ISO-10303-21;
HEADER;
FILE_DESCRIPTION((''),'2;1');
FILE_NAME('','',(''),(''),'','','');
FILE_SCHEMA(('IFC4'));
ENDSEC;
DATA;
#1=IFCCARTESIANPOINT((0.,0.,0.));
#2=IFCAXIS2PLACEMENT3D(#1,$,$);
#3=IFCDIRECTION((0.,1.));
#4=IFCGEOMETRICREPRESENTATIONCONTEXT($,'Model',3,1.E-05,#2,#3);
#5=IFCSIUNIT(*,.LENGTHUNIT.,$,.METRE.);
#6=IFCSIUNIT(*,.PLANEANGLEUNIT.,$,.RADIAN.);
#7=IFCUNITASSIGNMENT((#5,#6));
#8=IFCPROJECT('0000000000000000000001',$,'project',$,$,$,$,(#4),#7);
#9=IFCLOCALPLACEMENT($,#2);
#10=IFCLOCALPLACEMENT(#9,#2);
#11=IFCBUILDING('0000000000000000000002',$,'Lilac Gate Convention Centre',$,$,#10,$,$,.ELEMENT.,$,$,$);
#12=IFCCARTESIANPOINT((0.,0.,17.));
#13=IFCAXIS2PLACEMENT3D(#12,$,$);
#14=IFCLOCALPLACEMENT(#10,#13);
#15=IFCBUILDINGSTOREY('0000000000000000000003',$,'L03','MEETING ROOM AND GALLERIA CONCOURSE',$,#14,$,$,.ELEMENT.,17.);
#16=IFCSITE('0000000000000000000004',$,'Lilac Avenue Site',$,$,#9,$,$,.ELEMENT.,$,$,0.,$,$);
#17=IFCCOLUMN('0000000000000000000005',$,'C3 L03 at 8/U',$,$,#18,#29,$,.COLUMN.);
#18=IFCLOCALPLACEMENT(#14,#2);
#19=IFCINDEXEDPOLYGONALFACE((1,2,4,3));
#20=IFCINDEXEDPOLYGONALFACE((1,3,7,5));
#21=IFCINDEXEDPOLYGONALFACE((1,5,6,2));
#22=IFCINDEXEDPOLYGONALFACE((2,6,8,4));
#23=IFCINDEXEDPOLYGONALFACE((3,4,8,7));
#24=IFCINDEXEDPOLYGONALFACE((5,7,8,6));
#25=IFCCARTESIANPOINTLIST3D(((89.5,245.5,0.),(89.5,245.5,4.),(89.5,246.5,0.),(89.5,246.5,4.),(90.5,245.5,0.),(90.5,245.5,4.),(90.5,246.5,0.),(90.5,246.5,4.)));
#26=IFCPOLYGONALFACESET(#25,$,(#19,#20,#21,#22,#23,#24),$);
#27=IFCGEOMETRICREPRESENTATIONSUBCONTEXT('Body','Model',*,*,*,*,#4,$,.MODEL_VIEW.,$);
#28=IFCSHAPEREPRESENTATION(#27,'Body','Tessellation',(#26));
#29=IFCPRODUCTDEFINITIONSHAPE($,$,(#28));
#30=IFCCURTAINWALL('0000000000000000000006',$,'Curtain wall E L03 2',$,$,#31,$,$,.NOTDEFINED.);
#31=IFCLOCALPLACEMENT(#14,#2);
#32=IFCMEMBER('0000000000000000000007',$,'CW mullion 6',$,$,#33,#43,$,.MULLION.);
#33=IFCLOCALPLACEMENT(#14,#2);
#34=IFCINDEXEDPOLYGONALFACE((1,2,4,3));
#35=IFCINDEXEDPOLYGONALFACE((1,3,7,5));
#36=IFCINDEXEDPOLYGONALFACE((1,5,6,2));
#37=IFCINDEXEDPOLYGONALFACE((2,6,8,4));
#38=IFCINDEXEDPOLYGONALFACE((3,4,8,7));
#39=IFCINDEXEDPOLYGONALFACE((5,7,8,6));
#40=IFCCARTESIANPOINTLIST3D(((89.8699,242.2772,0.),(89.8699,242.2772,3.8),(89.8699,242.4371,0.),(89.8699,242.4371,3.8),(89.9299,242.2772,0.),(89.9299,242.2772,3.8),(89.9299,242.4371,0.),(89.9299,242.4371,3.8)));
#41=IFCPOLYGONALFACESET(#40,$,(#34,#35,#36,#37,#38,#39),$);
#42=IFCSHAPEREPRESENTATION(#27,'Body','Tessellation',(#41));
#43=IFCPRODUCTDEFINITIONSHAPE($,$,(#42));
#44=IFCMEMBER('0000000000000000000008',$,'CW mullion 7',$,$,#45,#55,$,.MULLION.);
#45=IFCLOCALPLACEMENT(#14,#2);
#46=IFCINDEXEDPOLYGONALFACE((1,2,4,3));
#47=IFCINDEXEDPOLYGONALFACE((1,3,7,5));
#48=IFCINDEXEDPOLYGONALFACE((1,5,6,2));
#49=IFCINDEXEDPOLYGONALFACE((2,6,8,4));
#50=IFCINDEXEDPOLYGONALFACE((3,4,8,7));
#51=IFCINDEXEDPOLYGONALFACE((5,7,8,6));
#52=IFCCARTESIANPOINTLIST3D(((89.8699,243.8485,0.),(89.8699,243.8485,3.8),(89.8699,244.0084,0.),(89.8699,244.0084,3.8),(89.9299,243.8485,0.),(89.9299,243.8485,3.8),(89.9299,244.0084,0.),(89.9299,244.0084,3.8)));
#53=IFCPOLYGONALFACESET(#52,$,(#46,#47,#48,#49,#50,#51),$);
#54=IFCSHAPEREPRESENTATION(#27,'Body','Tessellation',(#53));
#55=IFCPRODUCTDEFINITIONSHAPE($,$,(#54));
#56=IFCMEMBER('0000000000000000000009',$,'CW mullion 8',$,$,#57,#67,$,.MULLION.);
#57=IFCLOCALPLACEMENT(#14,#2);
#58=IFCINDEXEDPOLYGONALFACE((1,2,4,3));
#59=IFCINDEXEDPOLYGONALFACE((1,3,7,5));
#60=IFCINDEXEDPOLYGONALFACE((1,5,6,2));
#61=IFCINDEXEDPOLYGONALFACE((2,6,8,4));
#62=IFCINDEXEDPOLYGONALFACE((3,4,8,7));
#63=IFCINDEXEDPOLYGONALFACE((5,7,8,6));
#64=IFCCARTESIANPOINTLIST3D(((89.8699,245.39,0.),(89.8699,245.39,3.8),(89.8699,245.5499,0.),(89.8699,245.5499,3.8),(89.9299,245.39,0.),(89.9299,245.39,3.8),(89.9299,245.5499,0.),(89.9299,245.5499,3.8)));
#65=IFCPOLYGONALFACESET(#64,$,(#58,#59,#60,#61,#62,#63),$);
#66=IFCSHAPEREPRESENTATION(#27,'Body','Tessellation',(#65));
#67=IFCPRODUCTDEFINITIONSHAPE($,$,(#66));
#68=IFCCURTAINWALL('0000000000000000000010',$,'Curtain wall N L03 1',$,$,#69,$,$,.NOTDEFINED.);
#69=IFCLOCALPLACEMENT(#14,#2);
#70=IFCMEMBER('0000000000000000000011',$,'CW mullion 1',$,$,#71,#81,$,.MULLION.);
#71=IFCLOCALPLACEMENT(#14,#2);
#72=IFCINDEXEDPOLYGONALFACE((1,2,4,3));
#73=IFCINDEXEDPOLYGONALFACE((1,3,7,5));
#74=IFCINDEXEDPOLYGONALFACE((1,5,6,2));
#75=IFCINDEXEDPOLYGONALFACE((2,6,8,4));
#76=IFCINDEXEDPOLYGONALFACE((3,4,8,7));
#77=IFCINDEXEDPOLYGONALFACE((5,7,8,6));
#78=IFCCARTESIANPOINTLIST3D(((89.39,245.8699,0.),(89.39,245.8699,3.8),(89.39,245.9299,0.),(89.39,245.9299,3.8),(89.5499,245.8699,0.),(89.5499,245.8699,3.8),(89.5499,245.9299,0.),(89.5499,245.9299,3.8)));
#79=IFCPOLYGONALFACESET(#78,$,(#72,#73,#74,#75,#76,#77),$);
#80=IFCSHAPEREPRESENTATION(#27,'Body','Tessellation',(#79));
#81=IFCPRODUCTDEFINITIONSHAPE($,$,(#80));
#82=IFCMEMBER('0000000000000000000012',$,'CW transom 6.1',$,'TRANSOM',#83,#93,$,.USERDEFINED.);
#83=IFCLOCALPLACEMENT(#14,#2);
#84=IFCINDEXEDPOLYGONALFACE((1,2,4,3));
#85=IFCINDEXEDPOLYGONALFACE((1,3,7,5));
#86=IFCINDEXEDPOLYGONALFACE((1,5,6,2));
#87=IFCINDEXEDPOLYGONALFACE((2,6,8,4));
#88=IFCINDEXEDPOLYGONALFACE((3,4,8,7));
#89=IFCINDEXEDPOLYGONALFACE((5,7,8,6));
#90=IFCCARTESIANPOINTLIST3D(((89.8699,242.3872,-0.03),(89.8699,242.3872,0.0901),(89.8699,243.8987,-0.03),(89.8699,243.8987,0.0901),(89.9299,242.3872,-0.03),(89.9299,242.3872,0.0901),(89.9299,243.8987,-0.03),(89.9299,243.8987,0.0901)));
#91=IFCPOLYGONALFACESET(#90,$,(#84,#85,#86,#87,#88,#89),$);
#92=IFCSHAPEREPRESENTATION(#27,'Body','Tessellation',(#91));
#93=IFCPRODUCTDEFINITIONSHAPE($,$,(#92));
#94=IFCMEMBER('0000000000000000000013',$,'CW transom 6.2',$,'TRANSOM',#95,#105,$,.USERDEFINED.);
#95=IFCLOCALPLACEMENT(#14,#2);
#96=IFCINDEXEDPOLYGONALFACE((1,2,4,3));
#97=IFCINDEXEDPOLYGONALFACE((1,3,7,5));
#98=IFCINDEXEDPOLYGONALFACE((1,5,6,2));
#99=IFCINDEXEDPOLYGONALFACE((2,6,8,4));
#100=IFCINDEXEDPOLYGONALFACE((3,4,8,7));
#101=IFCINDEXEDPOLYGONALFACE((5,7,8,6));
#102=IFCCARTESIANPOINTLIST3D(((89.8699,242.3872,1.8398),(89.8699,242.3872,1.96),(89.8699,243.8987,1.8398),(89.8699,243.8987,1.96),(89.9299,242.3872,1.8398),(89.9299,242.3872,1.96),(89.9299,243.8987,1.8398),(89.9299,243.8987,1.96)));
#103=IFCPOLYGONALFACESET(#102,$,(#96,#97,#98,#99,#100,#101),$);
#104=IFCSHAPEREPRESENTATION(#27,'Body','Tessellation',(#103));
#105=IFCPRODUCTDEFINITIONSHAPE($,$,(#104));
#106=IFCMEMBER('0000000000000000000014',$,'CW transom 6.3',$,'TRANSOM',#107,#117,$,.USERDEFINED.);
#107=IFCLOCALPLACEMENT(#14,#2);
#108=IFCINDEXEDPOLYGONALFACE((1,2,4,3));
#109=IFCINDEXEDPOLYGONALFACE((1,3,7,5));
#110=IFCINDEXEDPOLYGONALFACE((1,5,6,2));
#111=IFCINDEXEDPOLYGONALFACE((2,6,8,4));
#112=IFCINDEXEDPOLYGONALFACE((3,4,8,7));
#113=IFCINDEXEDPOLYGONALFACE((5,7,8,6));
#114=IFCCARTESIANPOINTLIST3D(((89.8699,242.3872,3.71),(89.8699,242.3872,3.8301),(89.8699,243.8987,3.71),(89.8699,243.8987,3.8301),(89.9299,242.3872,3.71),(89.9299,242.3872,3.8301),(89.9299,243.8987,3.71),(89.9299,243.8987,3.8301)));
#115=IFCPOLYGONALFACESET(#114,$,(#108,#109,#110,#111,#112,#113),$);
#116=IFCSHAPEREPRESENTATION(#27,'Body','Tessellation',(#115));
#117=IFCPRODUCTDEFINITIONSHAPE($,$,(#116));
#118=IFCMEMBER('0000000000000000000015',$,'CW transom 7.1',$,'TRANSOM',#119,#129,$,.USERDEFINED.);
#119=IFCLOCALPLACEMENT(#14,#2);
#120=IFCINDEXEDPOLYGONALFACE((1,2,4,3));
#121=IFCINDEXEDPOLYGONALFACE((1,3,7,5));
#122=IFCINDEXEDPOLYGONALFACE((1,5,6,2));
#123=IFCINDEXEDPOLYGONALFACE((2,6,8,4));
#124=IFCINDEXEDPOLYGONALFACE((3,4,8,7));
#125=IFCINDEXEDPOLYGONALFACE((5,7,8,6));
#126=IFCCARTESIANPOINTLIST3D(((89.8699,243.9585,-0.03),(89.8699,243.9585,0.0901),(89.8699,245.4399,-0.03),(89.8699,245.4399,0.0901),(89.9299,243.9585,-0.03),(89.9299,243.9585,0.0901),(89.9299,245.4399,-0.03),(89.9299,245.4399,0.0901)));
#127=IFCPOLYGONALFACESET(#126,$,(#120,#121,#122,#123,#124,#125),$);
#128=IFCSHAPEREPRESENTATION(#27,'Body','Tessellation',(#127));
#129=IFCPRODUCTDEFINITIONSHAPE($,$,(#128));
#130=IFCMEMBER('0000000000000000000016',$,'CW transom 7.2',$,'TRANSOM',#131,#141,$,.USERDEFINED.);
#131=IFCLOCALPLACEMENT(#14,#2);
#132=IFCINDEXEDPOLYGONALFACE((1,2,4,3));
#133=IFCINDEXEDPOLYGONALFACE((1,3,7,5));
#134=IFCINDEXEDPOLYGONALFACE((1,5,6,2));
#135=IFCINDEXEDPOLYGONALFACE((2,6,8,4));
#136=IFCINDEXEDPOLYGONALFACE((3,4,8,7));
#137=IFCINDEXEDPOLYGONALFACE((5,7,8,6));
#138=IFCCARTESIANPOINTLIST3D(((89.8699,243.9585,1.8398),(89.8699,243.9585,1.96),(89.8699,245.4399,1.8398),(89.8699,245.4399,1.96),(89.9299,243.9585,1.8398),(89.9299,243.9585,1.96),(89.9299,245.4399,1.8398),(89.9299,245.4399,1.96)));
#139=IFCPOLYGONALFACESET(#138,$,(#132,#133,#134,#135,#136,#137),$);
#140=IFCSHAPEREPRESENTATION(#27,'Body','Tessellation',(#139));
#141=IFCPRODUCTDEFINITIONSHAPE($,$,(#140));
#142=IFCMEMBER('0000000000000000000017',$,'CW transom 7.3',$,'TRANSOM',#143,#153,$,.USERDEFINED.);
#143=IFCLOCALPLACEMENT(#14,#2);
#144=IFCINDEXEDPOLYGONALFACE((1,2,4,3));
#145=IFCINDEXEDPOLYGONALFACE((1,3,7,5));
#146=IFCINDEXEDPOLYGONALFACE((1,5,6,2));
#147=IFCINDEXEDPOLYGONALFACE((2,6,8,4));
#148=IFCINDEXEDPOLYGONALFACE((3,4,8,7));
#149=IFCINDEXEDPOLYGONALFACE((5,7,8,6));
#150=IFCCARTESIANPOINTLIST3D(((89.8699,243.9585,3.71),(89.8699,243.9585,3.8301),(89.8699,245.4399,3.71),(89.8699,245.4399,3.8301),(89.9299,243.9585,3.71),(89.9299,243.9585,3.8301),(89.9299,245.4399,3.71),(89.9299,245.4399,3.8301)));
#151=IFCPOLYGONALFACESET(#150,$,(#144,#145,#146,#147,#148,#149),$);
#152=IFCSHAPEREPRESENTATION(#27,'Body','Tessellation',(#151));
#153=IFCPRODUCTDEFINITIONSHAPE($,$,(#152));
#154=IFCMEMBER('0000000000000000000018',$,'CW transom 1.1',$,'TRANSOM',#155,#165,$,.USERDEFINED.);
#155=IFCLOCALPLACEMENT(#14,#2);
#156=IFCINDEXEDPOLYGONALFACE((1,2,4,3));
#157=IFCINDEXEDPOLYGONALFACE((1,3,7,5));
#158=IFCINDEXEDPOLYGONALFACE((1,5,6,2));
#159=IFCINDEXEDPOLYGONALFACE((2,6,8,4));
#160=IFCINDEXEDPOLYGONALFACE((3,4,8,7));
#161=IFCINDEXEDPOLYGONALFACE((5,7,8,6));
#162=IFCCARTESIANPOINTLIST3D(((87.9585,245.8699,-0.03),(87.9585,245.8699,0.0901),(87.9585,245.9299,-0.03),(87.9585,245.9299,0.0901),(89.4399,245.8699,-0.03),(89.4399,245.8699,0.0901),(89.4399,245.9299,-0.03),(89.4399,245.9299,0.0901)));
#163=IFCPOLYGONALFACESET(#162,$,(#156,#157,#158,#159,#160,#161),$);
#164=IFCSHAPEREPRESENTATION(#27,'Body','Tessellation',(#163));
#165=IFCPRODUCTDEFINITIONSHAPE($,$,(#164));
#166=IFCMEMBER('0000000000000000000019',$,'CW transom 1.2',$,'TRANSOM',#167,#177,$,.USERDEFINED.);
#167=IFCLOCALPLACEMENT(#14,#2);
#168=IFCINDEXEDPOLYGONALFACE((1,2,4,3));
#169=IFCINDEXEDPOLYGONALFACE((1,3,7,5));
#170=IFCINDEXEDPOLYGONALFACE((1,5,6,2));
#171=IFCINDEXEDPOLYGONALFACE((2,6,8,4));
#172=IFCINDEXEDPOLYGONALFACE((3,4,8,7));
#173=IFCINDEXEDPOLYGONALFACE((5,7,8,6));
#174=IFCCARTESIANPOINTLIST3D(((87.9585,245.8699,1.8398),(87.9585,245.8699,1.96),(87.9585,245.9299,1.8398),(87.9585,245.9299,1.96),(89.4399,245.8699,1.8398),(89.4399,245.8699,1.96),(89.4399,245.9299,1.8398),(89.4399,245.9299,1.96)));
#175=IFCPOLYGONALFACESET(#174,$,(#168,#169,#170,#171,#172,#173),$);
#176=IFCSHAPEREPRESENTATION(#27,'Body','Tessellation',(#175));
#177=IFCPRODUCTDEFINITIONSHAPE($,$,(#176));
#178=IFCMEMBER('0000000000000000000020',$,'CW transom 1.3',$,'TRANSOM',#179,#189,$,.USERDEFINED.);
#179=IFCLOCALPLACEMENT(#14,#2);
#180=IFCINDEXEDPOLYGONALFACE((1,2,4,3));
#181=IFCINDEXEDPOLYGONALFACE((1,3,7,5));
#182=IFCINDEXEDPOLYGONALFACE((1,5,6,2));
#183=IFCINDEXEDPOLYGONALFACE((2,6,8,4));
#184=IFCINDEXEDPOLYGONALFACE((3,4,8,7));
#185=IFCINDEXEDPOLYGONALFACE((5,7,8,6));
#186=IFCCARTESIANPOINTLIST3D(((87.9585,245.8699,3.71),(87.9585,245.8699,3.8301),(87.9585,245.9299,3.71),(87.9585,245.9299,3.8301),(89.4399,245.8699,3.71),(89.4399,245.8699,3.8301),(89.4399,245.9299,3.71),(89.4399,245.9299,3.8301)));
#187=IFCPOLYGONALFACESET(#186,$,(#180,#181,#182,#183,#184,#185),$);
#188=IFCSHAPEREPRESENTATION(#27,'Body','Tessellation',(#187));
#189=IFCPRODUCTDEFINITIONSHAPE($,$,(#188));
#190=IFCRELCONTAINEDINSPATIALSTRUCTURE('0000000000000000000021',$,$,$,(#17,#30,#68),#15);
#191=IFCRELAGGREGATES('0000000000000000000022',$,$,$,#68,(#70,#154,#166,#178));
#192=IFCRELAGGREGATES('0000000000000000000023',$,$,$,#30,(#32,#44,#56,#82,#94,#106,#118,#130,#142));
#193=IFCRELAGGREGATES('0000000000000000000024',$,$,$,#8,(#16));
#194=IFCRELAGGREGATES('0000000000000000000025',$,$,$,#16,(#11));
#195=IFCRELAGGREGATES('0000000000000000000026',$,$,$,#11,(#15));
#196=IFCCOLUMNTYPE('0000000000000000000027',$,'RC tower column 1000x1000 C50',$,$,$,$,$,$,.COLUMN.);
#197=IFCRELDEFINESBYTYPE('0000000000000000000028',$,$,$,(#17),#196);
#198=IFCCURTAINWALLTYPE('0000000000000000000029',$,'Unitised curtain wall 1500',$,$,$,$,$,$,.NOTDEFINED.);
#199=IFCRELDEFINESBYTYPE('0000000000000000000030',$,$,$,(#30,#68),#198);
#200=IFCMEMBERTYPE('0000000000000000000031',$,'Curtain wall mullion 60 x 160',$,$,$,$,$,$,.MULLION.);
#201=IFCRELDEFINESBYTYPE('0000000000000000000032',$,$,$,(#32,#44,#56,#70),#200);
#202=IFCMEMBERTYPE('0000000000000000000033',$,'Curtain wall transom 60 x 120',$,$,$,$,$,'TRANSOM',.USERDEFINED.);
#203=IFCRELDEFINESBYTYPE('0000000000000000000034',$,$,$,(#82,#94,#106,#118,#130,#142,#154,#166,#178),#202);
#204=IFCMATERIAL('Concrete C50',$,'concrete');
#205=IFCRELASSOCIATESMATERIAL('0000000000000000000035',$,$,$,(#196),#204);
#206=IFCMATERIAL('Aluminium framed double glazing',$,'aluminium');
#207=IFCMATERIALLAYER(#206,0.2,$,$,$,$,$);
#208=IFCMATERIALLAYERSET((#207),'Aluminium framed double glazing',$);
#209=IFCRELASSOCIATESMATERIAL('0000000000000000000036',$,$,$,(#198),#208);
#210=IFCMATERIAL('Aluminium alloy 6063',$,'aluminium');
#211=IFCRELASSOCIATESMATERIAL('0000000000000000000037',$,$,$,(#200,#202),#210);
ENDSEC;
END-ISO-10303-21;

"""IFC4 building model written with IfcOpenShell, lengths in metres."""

from ifc_helpers import new_model, si_unit, direction, frame, origin, origin_2d, place, context, subcontext, project, spatial, rectangle, extrude, material, layer, layer_set, material_profile, profile_set, type_object, element, aggregate, save


model = new_model("IFC4")

# Units and contexts
model_context = context("Model", 3, precision=1e-05, world=origin(), true_north=direction((0.0, 1.0)))
body_context = subcontext(model_context, "Body", "Model", "MODEL_VIEW")
ifc_project = project(units=[si_unit("LENGTHUNIT", "METRE"), si_unit("PLANEANGLEUNIT", "RADIAN")], contexts=[model_context])

# Site, building, storey
site_placement = place(None, origin())
site = spatial("IfcSite", under=ifc_project, at=site_placement, Name="Lilac Avenue Site", CompositionType="ELEMENT", RefElevation=0.0)
building_placement = place(site_placement, origin())
building = spatial("IfcBuilding", under=site, at=building_placement, Name="Lilac Gate Convention Centre", CompositionType="ELEMENT")
storey_placement = place(building_placement, frame((0.0, 0.0, 17.0)))
storey = spatial("IfcBuildingStorey", under=building, at=storey_placement, Name="L03", Description="MEETING ROOM AND GALLERIA CONCOURSE", CompositionType="ELEMENT", Elevation=17.0)

# Column
ifc_material_1 = material(Name="Concrete C50", Category="concrete")
ifc_material_profile_1 = material_profile(ifc_material_1, rectangle(XDim=1.0, YDim=1.0, at=origin_2d()), Name="RC 1000x1000")
ifc_profile_set_1 = profile_set([ifc_material_profile_1], Name="Concrete C50")
column_type = type_object("IfcColumnType", Name="RC tower column 1000x1000 C50", PredefinedType="COLUMN", material=ifc_profile_set_1)
column_placement = place(storey_placement, frame((90.0, 246.0, 0.0), z_axis=(0.0, 0.0, 1.0), x_axis=(1.0, 0.0, 0.0)))
element("IfcColumn", 1, at=column_placement, inside=storey, type_object=column_type, Name="C3 L03 at 8/U", PredefinedType="COLUMN", context=body_context, shape_type="SweptSolid", body=[
    extrude(rectangle(XDim=1.0, YDim=1.0, at=origin_2d()), origin(), (0.0, 0.0, 1.0), 4.0),
])

# Curtain wall, members
ifc_material_2 = material(Name="Aluminium framed double glazing", Category="aluminium")
ifc_layer_1 = layer(ifc_material_2, 0.2)
ifc_layer_set_1 = layer_set([ifc_layer_1], Name="Aluminium framed double glazing")
curtain_wall_type = type_object("IfcCurtainWallType", Name="Unitised curtain wall 1500", PredefinedType="NOTDEFINED", material=ifc_layer_set_1)
curtain_wall_1_placement = place(storey_placement, origin())
curtain_wall_1 = element("IfcCurtainWall", 2, at=curtain_wall_1_placement, inside=storey, type_object=curtain_wall_type, Name="Curtain wall E L03 2", PredefinedType="NOTDEFINED")
ifc_material_3 = material(Name="Aluminium alloy 6063", Category="aluminium")
ifc_material_profile_2 = material_profile(ifc_material_3, rectangle(XDim=0.0601, YDim=0.1599, at=origin_2d()), Name="Curtain wall mullion 60 x 160")
ifc_profile_set_2 = profile_set([ifc_material_profile_2], Name="Aluminium alloy 6063")
member_type_1 = type_object("IfcMemberType", Name="Curtain wall mullion 60 x 160", PredefinedType="MULLION", material=ifc_profile_set_2)
member_1_placement = place(storey_placement, frame((89.8999, 242.3572, 0.0), z_axis=(0.0, 0.0, 1.0), x_axis=(-1.0, 0.0, 0.0)))
member_1 = element("IfcMember", 3, at=member_1_placement, type_object=member_type_1, Name="CW mullion 6", PredefinedType="MULLION", context=body_context, shape_type="SweptSolid", body=[
    extrude(rectangle(XDim=0.0601, YDim=0.1599, at=origin_2d()), origin(), (0.0, 0.0, 1.0), 3.8),
])
member_2_placement = place(storey_placement, frame((89.8999, 243.9285, 0.0), z_axis=(0.0, 0.0, 1.0), x_axis=(-1.0, 0.0, 0.0)))
member_2 = element("IfcMember", 4, at=member_2_placement, type_object=member_type_1, Name="CW mullion 7", PredefinedType="MULLION", context=body_context, shape_type="SweptSolid", body=[
    extrude(rectangle(XDim=0.0601, YDim=0.1599, at=origin_2d()), origin(), (0.0, 0.0, 1.0), 3.8),
])
member_3_placement = place(storey_placement, frame((89.8999, 245.47, 0.0), z_axis=(0.0, 0.0, 1.0), x_axis=(-1.0, 0.0, 0.0)))
member_3 = element("IfcMember", 5, at=member_3_placement, type_object=member_type_1, Name="CW mullion 8", PredefinedType="MULLION", context=body_context, shape_type="SweptSolid", body=[
    extrude(rectangle(XDim=0.0601, YDim=0.1599, at=origin_2d()), origin(), (0.0, 0.0, 1.0), 3.8),
])

# Curtain wall, member
curtain_wall_2_placement = place(storey_placement, origin())
curtain_wall_2 = element("IfcCurtainWall", 6, at=curtain_wall_2_placement, inside=storey, type_object=curtain_wall_type, Name="Curtain wall N L03 1", PredefinedType="NOTDEFINED")
member_4_placement = place(storey_placement, frame((89.47, 245.8999, 0.0), z_axis=(0.0, 0.0, 1.0), x_axis=(0.0, -1.0, 0.0)))
member_4 = element("IfcMember", 7, at=member_4_placement, type_object=member_type_1, Name="CW mullion 1", PredefinedType="MULLION", context=body_context, shape_type="SweptSolid", body=[
    extrude(rectangle(XDim=0.0601, YDim=0.1599, at=origin_2d()), origin(), (0.0, 0.0, 1.0), 3.8),
])

# Members
ifc_material_profile_3 = material_profile(ifc_material_3, rectangle(XDim=0.0601, YDim=0.1201, at=origin_2d()), Name="Curtain wall transom 60 x 120")
ifc_profile_set_3 = profile_set([ifc_material_profile_3], Name="Aluminium alloy 6063")
member_type_2 = type_object("IfcMemberType", Name="Curtain wall transom 60 x 120", ElementType="TRANSOM", PredefinedType="USERDEFINED", material=ifc_profile_set_3)
member_5_placement = place(storey_placement, frame((89.8999, 242.3872, 0.03), z_axis=(0.0, 1.0, 0.0), x_axis=(-1.0, 0.0, 0.0)))
member_5 = element("IfcMember", 8, at=member_5_placement, type_object=member_type_2, Name="CW transom 6.1", ObjectType="TRANSOM", PredefinedType="USERDEFINED", context=body_context, shape_type="SweptSolid", body=[
    extrude(rectangle(XDim=0.0601, YDim=0.1201, at=origin_2d()), origin(), (0.0, 0.0, 1.0), 1.5115),
])
member_6_placement = place(storey_placement, frame((89.8999, 242.3872, 1.8999), z_axis=(0.0, 1.0, 0.0), x_axis=(-1.0, 0.0, 0.0)))
member_6 = element("IfcMember", 9, at=member_6_placement, type_object=member_type_2, Name="CW transom 6.2", ObjectType="TRANSOM", PredefinedType="USERDEFINED", context=body_context, shape_type="SweptSolid", body=[
    extrude(rectangle(XDim=0.0601, YDim=0.1201, at=origin_2d()), origin(), (0.0, 0.0, 1.0), 1.5115),
])
member_7_placement = place(storey_placement, frame((89.8999, 242.3872, 3.77), z_axis=(0.0, 1.0, 0.0), x_axis=(-1.0, 0.0, 0.0)))
member_7 = element("IfcMember", 10, at=member_7_placement, type_object=member_type_2, Name="CW transom 6.3", ObjectType="TRANSOM", PredefinedType="USERDEFINED", context=body_context, shape_type="SweptSolid", body=[
    extrude(rectangle(XDim=0.0601, YDim=0.1201, at=origin_2d()), origin(), (0.0, 0.0, 1.0), 1.5115),
])
member_8_placement = place(storey_placement, frame((89.8999, 243.9585, 0.03), z_axis=(0.0, 1.0, 0.0), x_axis=(-1.0, 0.0, 0.0)))
member_8 = element("IfcMember", 11, at=member_8_placement, type_object=member_type_2, Name="CW transom 7.1", ObjectType="TRANSOM", PredefinedType="USERDEFINED", context=body_context, shape_type="SweptSolid", body=[
    extrude(rectangle(XDim=0.0601, YDim=0.1201, at=origin_2d()), origin(), (0.0, 0.0, 1.0), 1.4814),
])
member_9_placement = place(storey_placement, frame((89.8999, 243.9585, 1.8999), z_axis=(0.0, 1.0, 0.0), x_axis=(-1.0, 0.0, 0.0)))
member_9 = element("IfcMember", 12, at=member_9_placement, type_object=member_type_2, Name="CW transom 7.2", ObjectType="TRANSOM", PredefinedType="USERDEFINED", context=body_context, shape_type="SweptSolid", body=[
    extrude(rectangle(XDim=0.0601, YDim=0.1201, at=origin_2d()), origin(), (0.0, 0.0, 1.0), 1.4814),
])
member_10_placement = place(storey_placement, frame((89.8999, 243.9585, 3.77), z_axis=(0.0, 1.0, 0.0), x_axis=(-1.0, 0.0, 0.0)))
member_10 = element("IfcMember", 13, at=member_10_placement, type_object=member_type_2, Name="CW transom 7.3", ObjectType="TRANSOM", PredefinedType="USERDEFINED", context=body_context, shape_type="SweptSolid", body=[
    extrude(rectangle(XDim=0.0601, YDim=0.1201, at=origin_2d()), origin(), (0.0, 0.0, 1.0), 1.4814),
])
member_11_placement = place(storey_placement, frame((89.4399, 245.8999, 0.03), z_axis=(-1.0, 0.0, 0.0), x_axis=(0.0, -1.0, 0.0)))
member_11 = element("IfcMember", 14, at=member_11_placement, type_object=member_type_2, Name="CW transom 1.1", ObjectType="TRANSOM", PredefinedType="USERDEFINED", context=body_context, shape_type="SweptSolid", body=[
    extrude(rectangle(XDim=0.0601, YDim=0.1201, at=origin_2d()), origin(), (0.0, 0.0, 1.0), 1.4814),
])
member_12_placement = place(storey_placement, frame((89.4399, 245.8999, 1.8999), z_axis=(-1.0, 0.0, 0.0), x_axis=(0.0, -1.0, 0.0)))
member_12 = element("IfcMember", 15, at=member_12_placement, type_object=member_type_2, Name="CW transom 1.2", ObjectType="TRANSOM", PredefinedType="USERDEFINED", context=body_context, shape_type="SweptSolid", body=[
    extrude(rectangle(XDim=0.0601, YDim=0.1201, at=origin_2d()), origin(), (0.0, 0.0, 1.0), 1.4814),
])
member_13_placement = place(storey_placement, frame((89.4399, 245.8999, 3.77), z_axis=(-1.0, 0.0, 0.0), x_axis=(0.0, -1.0, 0.0)))
member_13 = element("IfcMember", 16, at=member_13_placement, type_object=member_type_2, Name="CW transom 1.3", ObjectType="TRANSOM", PredefinedType="USERDEFINED", context=body_context, shape_type="SweptSolid", body=[
    extrude(rectangle(XDim=0.0601, YDim=0.1201, at=origin_2d()), origin(), (0.0, 0.0, 1.0), 1.4814),
])

aggregate(curtain_wall_2, [member_4, member_11, member_12, member_13])
aggregate(curtain_wall_1, [member_1, member_2, member_3, member_5, member_6, member_7, member_8, member_9, member_10])

save(model, "model.ifc")
